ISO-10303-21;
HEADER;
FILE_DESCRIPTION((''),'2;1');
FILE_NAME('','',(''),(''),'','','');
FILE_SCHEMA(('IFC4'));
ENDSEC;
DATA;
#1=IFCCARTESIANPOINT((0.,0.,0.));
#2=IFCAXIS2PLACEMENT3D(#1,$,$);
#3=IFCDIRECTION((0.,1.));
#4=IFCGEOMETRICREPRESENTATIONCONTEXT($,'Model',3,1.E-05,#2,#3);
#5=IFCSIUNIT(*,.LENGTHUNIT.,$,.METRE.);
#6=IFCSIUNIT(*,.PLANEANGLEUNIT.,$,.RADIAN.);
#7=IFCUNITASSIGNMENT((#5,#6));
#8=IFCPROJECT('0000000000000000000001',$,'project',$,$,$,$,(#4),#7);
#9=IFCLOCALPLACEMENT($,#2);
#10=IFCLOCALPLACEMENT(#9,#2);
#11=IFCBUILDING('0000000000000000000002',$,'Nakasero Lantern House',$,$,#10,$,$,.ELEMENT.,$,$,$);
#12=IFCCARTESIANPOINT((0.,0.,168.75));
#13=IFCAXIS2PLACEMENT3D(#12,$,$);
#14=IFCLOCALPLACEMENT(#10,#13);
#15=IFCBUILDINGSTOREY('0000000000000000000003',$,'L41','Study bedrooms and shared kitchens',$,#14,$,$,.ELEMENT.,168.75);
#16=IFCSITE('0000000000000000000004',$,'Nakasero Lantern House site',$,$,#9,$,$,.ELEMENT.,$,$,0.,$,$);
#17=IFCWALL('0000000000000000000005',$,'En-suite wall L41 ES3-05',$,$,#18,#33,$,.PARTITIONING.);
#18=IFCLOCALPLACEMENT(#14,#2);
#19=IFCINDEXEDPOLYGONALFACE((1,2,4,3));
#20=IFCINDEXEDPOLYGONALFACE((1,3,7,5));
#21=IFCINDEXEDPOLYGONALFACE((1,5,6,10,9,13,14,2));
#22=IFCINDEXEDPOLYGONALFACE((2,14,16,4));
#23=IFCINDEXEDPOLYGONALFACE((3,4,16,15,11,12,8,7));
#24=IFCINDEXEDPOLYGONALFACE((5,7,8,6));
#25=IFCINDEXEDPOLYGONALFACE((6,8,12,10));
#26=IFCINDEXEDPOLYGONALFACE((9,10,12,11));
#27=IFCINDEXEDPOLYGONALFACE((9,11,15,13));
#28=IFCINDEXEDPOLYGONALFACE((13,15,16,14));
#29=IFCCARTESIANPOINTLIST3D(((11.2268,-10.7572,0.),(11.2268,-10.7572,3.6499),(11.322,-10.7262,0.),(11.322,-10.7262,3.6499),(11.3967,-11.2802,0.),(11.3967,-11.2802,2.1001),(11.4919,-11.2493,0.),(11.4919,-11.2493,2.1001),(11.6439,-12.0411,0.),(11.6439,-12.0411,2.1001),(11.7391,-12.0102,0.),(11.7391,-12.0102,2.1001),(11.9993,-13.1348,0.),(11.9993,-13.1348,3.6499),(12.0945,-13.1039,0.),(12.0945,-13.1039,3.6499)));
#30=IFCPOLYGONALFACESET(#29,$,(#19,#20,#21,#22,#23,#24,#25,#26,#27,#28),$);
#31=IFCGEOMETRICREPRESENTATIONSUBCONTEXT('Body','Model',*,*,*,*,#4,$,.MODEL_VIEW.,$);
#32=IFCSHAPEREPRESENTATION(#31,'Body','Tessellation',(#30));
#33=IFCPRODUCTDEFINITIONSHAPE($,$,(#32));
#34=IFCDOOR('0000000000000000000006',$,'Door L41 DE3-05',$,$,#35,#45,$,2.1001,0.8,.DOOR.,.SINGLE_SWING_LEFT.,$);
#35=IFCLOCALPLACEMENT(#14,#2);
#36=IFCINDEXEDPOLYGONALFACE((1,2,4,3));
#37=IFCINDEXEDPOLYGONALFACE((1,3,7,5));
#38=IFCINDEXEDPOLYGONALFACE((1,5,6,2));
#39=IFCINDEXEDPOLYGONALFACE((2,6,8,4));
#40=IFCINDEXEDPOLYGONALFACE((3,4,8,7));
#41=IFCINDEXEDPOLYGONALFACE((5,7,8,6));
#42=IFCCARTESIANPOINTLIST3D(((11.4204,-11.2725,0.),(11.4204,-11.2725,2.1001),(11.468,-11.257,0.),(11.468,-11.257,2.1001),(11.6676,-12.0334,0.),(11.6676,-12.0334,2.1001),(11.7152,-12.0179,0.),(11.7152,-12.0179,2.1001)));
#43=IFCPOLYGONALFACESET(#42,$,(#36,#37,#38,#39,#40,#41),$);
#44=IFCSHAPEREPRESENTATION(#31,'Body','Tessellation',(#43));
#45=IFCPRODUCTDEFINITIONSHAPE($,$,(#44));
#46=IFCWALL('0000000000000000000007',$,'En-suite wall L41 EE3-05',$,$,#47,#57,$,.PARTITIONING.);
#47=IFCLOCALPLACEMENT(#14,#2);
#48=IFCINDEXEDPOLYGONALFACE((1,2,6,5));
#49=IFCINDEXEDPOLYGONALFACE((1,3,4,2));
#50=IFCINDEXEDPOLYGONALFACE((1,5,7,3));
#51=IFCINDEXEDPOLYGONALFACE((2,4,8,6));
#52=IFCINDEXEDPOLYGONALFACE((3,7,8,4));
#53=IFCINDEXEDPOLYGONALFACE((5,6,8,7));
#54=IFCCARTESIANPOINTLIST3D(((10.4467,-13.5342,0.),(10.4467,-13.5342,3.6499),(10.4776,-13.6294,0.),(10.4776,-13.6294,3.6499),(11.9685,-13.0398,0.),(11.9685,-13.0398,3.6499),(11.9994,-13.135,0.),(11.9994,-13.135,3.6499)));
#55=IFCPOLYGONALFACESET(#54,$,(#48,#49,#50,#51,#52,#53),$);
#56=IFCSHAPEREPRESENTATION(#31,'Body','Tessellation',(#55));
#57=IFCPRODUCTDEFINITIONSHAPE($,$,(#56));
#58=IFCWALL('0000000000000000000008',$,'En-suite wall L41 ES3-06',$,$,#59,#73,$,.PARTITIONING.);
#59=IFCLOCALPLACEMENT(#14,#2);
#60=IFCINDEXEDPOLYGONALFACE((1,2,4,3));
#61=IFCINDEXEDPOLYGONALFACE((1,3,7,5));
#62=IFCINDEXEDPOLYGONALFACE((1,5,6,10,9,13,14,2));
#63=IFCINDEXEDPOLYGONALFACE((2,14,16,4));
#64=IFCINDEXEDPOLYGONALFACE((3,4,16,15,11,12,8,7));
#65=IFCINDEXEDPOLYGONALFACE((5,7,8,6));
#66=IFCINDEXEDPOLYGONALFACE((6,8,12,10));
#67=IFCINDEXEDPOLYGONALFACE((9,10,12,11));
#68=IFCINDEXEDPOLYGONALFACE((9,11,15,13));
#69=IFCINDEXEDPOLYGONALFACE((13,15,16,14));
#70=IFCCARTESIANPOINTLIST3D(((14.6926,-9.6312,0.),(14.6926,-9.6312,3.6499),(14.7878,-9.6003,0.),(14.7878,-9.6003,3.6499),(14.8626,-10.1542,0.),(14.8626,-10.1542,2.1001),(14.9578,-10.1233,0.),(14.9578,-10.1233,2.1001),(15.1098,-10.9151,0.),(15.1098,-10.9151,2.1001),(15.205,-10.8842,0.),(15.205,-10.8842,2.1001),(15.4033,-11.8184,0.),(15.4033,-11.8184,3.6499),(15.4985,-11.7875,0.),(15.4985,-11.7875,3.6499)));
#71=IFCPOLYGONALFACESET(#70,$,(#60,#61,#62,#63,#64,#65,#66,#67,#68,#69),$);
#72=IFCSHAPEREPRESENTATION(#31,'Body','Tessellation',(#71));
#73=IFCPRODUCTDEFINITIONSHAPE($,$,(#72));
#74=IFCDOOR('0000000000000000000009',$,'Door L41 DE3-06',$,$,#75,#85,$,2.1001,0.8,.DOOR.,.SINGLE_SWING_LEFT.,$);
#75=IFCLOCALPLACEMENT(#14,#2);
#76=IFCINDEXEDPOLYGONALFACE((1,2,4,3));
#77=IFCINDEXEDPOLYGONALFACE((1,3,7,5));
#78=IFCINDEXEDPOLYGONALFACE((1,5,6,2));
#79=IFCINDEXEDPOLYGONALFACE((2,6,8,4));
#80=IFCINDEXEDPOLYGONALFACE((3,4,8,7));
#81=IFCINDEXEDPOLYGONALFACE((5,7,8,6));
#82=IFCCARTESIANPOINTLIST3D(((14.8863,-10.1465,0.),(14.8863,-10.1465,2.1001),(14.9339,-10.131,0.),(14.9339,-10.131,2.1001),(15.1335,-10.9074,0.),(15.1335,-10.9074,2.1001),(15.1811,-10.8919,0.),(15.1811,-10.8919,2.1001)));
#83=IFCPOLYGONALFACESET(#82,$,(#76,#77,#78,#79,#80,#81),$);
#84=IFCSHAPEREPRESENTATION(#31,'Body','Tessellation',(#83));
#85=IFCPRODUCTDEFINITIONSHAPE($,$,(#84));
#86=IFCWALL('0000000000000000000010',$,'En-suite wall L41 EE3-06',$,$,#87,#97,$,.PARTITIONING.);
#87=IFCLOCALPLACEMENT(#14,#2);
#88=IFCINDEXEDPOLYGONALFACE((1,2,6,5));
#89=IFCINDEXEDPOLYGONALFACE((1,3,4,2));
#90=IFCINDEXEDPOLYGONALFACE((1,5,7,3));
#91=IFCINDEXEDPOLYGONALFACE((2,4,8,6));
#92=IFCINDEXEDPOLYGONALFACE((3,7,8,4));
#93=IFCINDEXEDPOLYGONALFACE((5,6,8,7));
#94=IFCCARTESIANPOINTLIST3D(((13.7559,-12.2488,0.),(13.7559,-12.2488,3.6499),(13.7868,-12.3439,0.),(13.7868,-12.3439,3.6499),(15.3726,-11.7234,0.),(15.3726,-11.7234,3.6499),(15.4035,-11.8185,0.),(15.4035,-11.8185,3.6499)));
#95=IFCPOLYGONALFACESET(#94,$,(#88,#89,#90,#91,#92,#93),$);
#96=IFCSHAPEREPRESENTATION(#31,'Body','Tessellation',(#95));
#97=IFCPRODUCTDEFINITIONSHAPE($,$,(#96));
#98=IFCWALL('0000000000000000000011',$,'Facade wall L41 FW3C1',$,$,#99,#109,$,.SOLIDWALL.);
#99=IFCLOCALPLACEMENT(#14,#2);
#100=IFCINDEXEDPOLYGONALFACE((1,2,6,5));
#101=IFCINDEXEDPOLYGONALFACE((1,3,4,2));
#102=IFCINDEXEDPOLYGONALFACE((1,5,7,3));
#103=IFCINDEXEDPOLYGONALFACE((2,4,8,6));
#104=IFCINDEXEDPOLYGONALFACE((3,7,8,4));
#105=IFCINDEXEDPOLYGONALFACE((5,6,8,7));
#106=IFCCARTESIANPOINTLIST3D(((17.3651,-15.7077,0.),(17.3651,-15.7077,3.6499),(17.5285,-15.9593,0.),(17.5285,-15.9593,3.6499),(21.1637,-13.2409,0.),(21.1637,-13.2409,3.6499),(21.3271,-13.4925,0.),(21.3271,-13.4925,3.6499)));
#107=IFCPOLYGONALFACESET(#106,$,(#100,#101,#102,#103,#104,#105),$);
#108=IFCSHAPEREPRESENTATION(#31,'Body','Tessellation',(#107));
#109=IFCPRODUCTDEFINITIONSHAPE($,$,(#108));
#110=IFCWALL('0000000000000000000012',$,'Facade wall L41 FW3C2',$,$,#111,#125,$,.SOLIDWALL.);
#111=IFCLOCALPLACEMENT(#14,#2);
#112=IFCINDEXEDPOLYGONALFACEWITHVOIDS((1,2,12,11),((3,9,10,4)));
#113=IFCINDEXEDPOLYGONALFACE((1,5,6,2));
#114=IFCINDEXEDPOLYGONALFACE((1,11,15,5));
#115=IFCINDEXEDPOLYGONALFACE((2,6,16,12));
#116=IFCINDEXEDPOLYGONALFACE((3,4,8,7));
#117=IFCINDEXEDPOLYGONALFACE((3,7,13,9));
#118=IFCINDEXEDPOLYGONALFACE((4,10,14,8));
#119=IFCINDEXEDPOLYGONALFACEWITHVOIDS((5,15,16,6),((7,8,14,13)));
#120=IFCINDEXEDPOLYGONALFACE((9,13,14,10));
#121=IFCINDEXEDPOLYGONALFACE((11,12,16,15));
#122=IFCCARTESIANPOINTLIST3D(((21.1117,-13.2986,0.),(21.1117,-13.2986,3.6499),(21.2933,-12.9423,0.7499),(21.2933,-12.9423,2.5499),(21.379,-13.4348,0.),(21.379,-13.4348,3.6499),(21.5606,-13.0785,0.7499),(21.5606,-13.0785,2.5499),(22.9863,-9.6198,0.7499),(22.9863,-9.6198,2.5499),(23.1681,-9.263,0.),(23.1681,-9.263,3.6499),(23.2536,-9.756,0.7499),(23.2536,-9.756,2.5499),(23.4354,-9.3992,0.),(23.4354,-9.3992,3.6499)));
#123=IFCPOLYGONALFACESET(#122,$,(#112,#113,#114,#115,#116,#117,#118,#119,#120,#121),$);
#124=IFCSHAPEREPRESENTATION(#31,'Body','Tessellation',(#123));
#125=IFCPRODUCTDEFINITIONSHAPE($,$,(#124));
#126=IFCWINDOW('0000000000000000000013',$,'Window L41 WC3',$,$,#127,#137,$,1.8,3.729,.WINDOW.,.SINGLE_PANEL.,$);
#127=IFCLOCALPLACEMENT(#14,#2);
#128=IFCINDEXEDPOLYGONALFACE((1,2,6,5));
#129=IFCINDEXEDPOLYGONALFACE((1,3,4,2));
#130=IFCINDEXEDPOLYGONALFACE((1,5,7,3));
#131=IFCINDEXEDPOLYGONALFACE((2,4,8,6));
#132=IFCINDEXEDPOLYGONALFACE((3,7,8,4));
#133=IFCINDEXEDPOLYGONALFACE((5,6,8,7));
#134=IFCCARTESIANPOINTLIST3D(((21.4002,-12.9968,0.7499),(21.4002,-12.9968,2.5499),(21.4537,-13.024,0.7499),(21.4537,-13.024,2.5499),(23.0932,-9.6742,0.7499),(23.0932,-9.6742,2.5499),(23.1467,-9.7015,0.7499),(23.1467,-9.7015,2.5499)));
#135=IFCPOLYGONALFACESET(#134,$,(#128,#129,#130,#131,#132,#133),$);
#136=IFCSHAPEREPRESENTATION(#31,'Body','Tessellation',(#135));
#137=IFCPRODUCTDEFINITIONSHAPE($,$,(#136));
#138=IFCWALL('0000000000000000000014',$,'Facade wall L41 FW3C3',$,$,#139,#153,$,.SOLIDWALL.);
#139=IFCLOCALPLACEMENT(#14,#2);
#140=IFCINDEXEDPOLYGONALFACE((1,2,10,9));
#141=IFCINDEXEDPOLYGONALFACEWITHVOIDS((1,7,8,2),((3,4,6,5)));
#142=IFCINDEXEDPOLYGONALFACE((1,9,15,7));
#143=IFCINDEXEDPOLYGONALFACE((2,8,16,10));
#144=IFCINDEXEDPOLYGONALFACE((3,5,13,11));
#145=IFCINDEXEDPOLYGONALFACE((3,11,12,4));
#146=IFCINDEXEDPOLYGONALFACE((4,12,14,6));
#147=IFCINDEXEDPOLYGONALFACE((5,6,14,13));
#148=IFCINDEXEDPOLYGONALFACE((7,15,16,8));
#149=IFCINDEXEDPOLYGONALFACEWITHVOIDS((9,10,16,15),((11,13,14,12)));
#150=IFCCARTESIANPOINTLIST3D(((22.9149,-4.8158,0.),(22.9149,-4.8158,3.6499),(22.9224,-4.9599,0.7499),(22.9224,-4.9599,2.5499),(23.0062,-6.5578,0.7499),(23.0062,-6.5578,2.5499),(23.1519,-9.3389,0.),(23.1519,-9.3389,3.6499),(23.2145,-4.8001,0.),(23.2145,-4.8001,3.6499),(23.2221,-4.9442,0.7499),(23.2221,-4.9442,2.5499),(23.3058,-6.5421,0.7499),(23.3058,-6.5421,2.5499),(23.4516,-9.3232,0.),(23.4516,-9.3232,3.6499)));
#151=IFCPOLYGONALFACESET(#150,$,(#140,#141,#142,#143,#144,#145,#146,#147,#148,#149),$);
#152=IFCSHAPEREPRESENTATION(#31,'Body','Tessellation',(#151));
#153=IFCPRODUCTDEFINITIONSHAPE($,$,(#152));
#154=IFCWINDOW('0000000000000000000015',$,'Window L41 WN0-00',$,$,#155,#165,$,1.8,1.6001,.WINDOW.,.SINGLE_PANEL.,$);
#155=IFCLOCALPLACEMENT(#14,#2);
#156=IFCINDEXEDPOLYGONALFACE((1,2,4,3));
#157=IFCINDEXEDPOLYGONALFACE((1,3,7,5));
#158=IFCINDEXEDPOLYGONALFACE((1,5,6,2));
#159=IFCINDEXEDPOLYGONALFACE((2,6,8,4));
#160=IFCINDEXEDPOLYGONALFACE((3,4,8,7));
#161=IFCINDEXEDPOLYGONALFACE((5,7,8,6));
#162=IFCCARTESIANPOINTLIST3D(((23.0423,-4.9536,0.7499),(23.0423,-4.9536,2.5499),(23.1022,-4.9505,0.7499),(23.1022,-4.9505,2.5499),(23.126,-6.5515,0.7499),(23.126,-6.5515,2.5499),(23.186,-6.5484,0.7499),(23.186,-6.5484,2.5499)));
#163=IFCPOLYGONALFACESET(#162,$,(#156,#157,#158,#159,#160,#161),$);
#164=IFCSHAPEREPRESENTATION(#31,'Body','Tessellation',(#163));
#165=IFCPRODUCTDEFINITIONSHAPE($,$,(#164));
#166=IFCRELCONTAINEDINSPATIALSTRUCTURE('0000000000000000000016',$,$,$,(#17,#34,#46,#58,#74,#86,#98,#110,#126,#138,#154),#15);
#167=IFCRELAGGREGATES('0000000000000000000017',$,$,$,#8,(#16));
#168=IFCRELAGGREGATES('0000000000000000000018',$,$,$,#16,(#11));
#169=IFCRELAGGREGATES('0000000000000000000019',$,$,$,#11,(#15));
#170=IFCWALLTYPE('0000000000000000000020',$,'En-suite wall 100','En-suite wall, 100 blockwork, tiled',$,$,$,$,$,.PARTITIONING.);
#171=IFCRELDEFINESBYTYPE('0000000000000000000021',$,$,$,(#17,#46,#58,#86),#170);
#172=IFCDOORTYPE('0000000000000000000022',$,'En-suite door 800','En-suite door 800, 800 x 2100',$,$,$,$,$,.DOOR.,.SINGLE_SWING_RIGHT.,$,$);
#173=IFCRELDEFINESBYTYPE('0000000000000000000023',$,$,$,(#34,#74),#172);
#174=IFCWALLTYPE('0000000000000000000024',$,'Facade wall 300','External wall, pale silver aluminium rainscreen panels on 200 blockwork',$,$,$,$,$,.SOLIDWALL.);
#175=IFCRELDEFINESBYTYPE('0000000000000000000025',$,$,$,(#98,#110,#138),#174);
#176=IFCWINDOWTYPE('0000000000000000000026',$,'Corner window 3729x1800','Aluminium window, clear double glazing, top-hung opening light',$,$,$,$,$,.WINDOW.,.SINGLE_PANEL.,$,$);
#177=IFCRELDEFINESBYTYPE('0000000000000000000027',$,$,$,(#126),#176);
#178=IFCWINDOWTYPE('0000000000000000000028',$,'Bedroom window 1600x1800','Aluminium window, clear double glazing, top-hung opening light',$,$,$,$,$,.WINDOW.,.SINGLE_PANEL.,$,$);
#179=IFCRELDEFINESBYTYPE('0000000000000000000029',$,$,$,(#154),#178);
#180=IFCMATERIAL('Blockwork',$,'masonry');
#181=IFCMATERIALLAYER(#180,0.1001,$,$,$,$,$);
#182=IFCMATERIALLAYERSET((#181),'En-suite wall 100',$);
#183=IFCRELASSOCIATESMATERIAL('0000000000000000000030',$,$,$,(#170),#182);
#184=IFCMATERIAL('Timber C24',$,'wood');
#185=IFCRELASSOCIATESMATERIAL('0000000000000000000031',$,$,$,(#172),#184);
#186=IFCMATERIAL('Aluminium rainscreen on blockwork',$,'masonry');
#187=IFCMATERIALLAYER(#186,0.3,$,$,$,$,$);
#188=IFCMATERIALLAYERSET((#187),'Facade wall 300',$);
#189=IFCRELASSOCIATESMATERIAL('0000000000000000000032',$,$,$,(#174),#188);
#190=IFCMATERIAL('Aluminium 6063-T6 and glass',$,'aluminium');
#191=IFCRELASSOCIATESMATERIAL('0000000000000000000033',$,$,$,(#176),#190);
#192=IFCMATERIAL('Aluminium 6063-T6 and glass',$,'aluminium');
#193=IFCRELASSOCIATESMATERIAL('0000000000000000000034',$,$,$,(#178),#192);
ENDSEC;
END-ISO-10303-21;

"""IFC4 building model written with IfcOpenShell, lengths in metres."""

from ifc_helpers import new_model, si_unit, direction, frame, frame_2d, origin, place, context, subcontext, project, spatial, rectangle, extrude, material, layer, layer_set, type_object, element, fill, save


model = new_model("IFC4")

# Units and contexts
model_context = context("Model", 3, precision=1e-05, world=origin(), true_north=direction((0.0, 1.0)))
body_context = subcontext(model_context, "Body", "Model", "MODEL_VIEW")
ifc_project = project(units=[si_unit("LENGTHUNIT", "METRE"), si_unit("PLANEANGLEUNIT", "RADIAN")], contexts=[model_context])

# Site, building, storey
site_placement = place(None, origin())
site = spatial("IfcSite", under=ifc_project, at=site_placement, Name="Nakasero Lantern House site", CompositionType="ELEMENT", RefElevation=0.0)
building_placement = place(site_placement, origin())
building = spatial("IfcBuilding", under=site, at=building_placement, Name="Nakasero Lantern House", CompositionType="ELEMENT")
storey_placement = place(building_placement, frame((0.0, 0.0, 168.75)))
storey = spatial("IfcBuildingStorey", under=building, at=storey_placement, Name="L41", Description="Study bedrooms and shared kitchens", CompositionType="ELEMENT", Elevation=168.75)

# Wall, opening, door
ifc_material_1 = material(Name="Blockwork", Category="masonry")
ifc_layer_1 = layer(ifc_material_1, 0.1001)
ifc_layer_set_1 = layer_set([ifc_layer_1], Name="En-suite wall 100")
wall_type_1 = type_object("IfcWallType", Name="En-suite wall 100", Description="En-suite wall, 100 blockwork, tiled", PredefinedType="PARTITIONING", material=ifc_layer_set_1)
wall_1_placement = place(storey_placement, frame((11.2744, -10.7417, 0.0), z_axis=(0.0, 0.0, 1.0), x_axis=(0.308982, -0.951068, 0.0)))
wall_1 = element("IfcWall", 1, at=wall_1_placement, inside=storey, type_object=wall_type_1, Name="En-suite wall L41 ES3-05", PredefinedType="PARTITIONING", context=body_context, shape_type="SweptSolid", body=[
    extrude(rectangle(XDim=2.5, YDim=0.1001, at=frame_2d((1.25, 0.0))), origin(), (0.0, 0.0, 1.0), 3.6499),
])
opening_1_placement = place(wall_1_placement, frame((0.55, 0.0, 0.0)))
opening_1 = element("IfcOpeningElement", 2, at=opening_1_placement, cuts=wall_1, PredefinedType="OPENING", context=body_context, shape_type="SweptSolid", body=[
    extrude(rectangle(XDim=0.8, YDim=2.1001, at=frame_2d((0.3999, 1.05))), frame((0.0, 0.0701, 0.0), z_axis=(0.0, -1.0, 0.0), x_axis=(1.0, 0.0, 0.0)), (0.0, 0.0, 1.0), 0.1401),
])
ifc_material_2 = material(Name="Timber C24", Category="wood")
door_type = type_object("IfcDoorType", Name="En-suite door 800", Description="En-suite door 800, 800 x 2100", OperationType="SINGLE_SWING_RIGHT", PredefinedType="DOOR", material=ifc_material_2)
door_1_placement = place(opening_1_placement, origin())
door_1 = element("IfcDoor", 3, at=door_1_placement, inside=storey, type_object=door_type, Name="Door L41 DE3-05", OperationType="SINGLE_SWING_LEFT", OverallHeight=2.1001, OverallWidth=0.8, PredefinedType="DOOR", context=body_context, shape_type="SweptSolid", body=[
    extrude(rectangle(XDim=0.8, YDim=2.1001, at=frame_2d((0.3999, 1.05))), frame((0.0, 0.0249, 0.0), z_axis=(0.0, -1.0, 0.0), x_axis=(1.0, 0.0, 0.0)), (0.0, 0.0, 1.0), 0.05),
])
fill(opening_1, door_1)

# Wall
wall_2_placement = place(storey_placement, frame((10.4622, -13.5818, 0.0), z_axis=(0.0, 0.0, 1.0), x_axis=(0.951067, 0.308986, 0.0)))
element("IfcWall", 4, at=wall_2_placement, inside=storey, type_object=wall_type_1, Name="En-suite wall L41 EE3-05", PredefinedType="PARTITIONING", context=body_context, shape_type="SweptSolid", body=[
    extrude(rectangle(XDim=1.6001, YDim=0.1001, at=frame_2d((0.8, 0.0))), origin(), (0.0, 0.0, 1.0), 3.6499),
])

# Wall, opening, door
wall_3_placement = place(storey_placement, frame((14.7402, -9.6157, 0.0), z_axis=(0.0, 0.0, 1.0), x_axis=(0.309021, -0.951055, 0.0)))
wall_3 = element("IfcWall", 5, at=wall_3_placement, inside=storey, type_object=wall_type_1, Name="En-suite wall L41 ES3-06", PredefinedType="PARTITIONING", context=body_context, shape_type="SweptSolid", body=[
    extrude(rectangle(XDim=2.2998, YDim=0.1001, at=frame_2d((1.1499, 0.0))), origin(), (0.0, 0.0, 1.0), 3.6499),
])
opening_2_placement = place(wall_3_placement, frame((0.55, 0.0, 0.0)))
opening_2 = element("IfcOpeningElement", 6, at=opening_2_placement, cuts=wall_3, PredefinedType="OPENING", context=body_context, shape_type="SweptSolid", body=[
    extrude(rectangle(XDim=0.8, YDim=2.1001, at=frame_2d((0.3999, 1.05))), frame((0.0, 0.0701, 0.0), z_axis=(0.0, -1.0, 0.0), x_axis=(1.0, 0.0, 0.0)), (0.0, 0.0, 1.0), 0.1401),
])
door_2_placement = place(opening_2_placement, origin())
door_2 = element("IfcDoor", 7, at=door_2_placement, inside=storey, type_object=door_type, Name="Door L41 DE3-06", OperationType="SINGLE_SWING_LEFT", OverallHeight=2.1001, OverallWidth=0.8, PredefinedType="DOOR", context=body_context, shape_type="SweptSolid", body=[
    extrude(rectangle(XDim=0.8, YDim=2.1001, at=frame_2d((0.3999, 1.05))), frame((0.0, 0.0249, 0.0), z_axis=(0.0, -1.0, 0.0), x_axis=(1.0, 0.0, 0.0)), (0.0, 0.0, 1.0), 0.05),
])
fill(opening_2, door_2)

# Walls
wall_4_placement = place(storey_placement, frame((13.7712, -12.2964, 0.0), z_axis=(0.0, 0.0, 1.0), x_axis=(0.95104, 0.309067, 0.0)))
element("IfcWall", 8, at=wall_4_placement, inside=storey, type_object=wall_type_1, Name="En-suite wall L41 EE3-06", PredefinedType="PARTITIONING", context=body_context, shape_type="SweptSolid", body=[
    extrude(rectangle(XDim=1.7, YDim=0.1001, at=frame_2d((0.8501, 0.0))), origin(), (0.0, 0.0, 1.0), 3.6499),
])
ifc_material_3 = material(Name="Aluminium rainscreen on blockwork", Category="masonry")
ifc_layer_2 = layer(ifc_material_3, 0.3)
ifc_layer_set_2 = layer_set([ifc_layer_2], Name="Facade wall 300")
wall_type_2 = type_object("IfcWallType", Name="Facade wall 300", Description="External wall, pale silver aluminium rainscreen panels on 200 blockwork", PredefinedType="SOLIDWALL", material=ifc_layer_set_2)
wall_5_placement = place(storey_placement, frame((17.4468, -15.8335, 0.0), z_axis=(0.0, 0.0, 1.0), x_axis=(0.838674, 0.544634, 0.0)))
element("IfcWall", 9, at=wall_5_placement, inside=storey, type_object=wall_type_2, Name="Facade wall L41 FW3C1", PredefinedType="SOLIDWALL", context=body_context, shape_type="SweptSolid", body=[
    extrude(rectangle(XDim=4.5293, YDim=0.3, at=frame_2d((2.2646, 0.0))), origin(), (0.0, 0.0, 1.0), 3.6499),
])

# Walls, openings, windows
wall_6_placement = place(storey_placement, frame((21.2454, -13.3667, 0.0), z_axis=(0.0, 0.0, 1.0), x_axis=(0.454014, 0.890995, 0.0)))
wall_6 = element("IfcWall", 10, at=wall_6_placement, inside=storey, type_object=wall_type_2, Name="Facade wall L41 FW3C2", PredefinedType="SOLIDWALL", context=body_context, shape_type="SweptSolid", body=[
    extrude(rectangle(XDim=4.5293, YDim=0.3, at=frame_2d((2.2646, 0.0))), origin(), (0.0, 0.0, 1.0), 3.6499),
])
opening_3_placement = place(wall_6_placement, frame((0.3999, 0.0, 0.75)))
opening_3 = element("IfcOpeningElement", 11, at=opening_3_placement, cuts=wall_6, PredefinedType="OPENING", context=body_context, shape_type="SweptSolid", body=[
    extrude(rectangle(XDim=3.729, YDim=1.8, at=frame_2d((1.8645, 0.8999))), frame((0.0, 0.1699, 0.0), z_axis=(0.0, -1.0, 0.0), x_axis=(1.0, 0.0, 0.0)), (0.0, 0.0, 1.0), 0.3401),
])
ifc_material_4 = material(Name="Aluminium 6063-T6 and glass", Category="aluminium")
window_type_1 = type_object("IfcWindowType", Name="Corner window 3729x1800", Description="Aluminium window, clear double glazing, top-hung opening light", PartitioningType="SINGLE_PANEL", PredefinedType="WINDOW", material=ifc_material_4)
window_1_placement = place(opening_3_placement, origin())
window_1 = element("IfcWindow", 12, at=window_1_placement, inside=storey, type_object=window_type_1, Name="Window L41 WC3", OverallHeight=1.8, OverallWidth=3.729, PartitioningType="SINGLE_PANEL", PredefinedType="WINDOW", context=body_context, shape_type="SweptSolid", body=[
    extrude(rectangle(XDim=3.729, YDim=1.8, at=frame_2d((1.8645, 0.8999))), frame((0.0, 0.03, 0.0), z_axis=(0.0, -1.0, 0.0), x_axis=(1.0, 0.0, 0.0)), (0.0, 0.0, 1.0), 0.0601),
])
fill(opening_3, window_1)
wall_7_placement = place(storey_placement, frame((23.3018, -9.3311, 0.0), z_axis=(0.0, 0.0, 1.0), x_axis=(-0.052338, 0.998629, 0.0)))
wall_7 = element("IfcWall", 13, at=wall_7_placement, inside=storey, type_object=wall_type_2, Name="Facade wall L41 FW3C3", PredefinedType="SOLIDWALL", context=body_context, shape_type="SweptSolid", body=[
    extrude(rectangle(XDim=4.5293, YDim=0.3, at=frame_2d((2.2646, 0.0))), origin(), (0.0, 0.0, 1.0), 3.6499),
])
opening_4_placement = place(wall_7_placement, frame((2.7849, 0.0, 0.75)))
opening_4 = element("IfcOpeningElement", 14, at=opening_4_placement, cuts=wall_7, PredefinedType="OPENING", context=body_context, shape_type="SweptSolid", body=[
    extrude(rectangle(XDim=1.6001, YDim=1.8, at=frame_2d((0.8, 0.8999))), frame((0.0, 0.1699, 0.0), z_axis=(0.0, -1.0, 0.0), x_axis=(1.0, 0.0, 0.0)), (0.0, 0.0, 1.0), 0.3401),
])
ifc_material_5 = material(Name="Aluminium 6063-T6 and glass", Category="aluminium")
window_type_2 = type_object("IfcWindowType", Name="Bedroom window 1600x1800", Description="Aluminium window, clear double glazing, top-hung opening light", PartitioningType="SINGLE_PANEL", PredefinedType="WINDOW", material=ifc_material_5)
window_2_placement = place(opening_4_placement, origin())
window_2 = element("IfcWindow", 15, at=window_2_placement, inside=storey, type_object=window_type_2, Name="Window L41 WN0-00", OverallHeight=1.8, OverallWidth=1.6001, PartitioningType="SINGLE_PANEL", PredefinedType="WINDOW", context=body_context, shape_type="SweptSolid", body=[
    extrude(rectangle(XDim=1.6001, YDim=1.8, at=frame_2d((0.8, 0.8999))), frame((0.0, 0.03, 0.0), z_axis=(0.0, -1.0, 0.0), x_axis=(1.0, 0.0, 0.0)), (0.0, 0.0, 1.0), 0.0601),
])
fill(opening_4, window_2)

save(model, "model.ifc")
